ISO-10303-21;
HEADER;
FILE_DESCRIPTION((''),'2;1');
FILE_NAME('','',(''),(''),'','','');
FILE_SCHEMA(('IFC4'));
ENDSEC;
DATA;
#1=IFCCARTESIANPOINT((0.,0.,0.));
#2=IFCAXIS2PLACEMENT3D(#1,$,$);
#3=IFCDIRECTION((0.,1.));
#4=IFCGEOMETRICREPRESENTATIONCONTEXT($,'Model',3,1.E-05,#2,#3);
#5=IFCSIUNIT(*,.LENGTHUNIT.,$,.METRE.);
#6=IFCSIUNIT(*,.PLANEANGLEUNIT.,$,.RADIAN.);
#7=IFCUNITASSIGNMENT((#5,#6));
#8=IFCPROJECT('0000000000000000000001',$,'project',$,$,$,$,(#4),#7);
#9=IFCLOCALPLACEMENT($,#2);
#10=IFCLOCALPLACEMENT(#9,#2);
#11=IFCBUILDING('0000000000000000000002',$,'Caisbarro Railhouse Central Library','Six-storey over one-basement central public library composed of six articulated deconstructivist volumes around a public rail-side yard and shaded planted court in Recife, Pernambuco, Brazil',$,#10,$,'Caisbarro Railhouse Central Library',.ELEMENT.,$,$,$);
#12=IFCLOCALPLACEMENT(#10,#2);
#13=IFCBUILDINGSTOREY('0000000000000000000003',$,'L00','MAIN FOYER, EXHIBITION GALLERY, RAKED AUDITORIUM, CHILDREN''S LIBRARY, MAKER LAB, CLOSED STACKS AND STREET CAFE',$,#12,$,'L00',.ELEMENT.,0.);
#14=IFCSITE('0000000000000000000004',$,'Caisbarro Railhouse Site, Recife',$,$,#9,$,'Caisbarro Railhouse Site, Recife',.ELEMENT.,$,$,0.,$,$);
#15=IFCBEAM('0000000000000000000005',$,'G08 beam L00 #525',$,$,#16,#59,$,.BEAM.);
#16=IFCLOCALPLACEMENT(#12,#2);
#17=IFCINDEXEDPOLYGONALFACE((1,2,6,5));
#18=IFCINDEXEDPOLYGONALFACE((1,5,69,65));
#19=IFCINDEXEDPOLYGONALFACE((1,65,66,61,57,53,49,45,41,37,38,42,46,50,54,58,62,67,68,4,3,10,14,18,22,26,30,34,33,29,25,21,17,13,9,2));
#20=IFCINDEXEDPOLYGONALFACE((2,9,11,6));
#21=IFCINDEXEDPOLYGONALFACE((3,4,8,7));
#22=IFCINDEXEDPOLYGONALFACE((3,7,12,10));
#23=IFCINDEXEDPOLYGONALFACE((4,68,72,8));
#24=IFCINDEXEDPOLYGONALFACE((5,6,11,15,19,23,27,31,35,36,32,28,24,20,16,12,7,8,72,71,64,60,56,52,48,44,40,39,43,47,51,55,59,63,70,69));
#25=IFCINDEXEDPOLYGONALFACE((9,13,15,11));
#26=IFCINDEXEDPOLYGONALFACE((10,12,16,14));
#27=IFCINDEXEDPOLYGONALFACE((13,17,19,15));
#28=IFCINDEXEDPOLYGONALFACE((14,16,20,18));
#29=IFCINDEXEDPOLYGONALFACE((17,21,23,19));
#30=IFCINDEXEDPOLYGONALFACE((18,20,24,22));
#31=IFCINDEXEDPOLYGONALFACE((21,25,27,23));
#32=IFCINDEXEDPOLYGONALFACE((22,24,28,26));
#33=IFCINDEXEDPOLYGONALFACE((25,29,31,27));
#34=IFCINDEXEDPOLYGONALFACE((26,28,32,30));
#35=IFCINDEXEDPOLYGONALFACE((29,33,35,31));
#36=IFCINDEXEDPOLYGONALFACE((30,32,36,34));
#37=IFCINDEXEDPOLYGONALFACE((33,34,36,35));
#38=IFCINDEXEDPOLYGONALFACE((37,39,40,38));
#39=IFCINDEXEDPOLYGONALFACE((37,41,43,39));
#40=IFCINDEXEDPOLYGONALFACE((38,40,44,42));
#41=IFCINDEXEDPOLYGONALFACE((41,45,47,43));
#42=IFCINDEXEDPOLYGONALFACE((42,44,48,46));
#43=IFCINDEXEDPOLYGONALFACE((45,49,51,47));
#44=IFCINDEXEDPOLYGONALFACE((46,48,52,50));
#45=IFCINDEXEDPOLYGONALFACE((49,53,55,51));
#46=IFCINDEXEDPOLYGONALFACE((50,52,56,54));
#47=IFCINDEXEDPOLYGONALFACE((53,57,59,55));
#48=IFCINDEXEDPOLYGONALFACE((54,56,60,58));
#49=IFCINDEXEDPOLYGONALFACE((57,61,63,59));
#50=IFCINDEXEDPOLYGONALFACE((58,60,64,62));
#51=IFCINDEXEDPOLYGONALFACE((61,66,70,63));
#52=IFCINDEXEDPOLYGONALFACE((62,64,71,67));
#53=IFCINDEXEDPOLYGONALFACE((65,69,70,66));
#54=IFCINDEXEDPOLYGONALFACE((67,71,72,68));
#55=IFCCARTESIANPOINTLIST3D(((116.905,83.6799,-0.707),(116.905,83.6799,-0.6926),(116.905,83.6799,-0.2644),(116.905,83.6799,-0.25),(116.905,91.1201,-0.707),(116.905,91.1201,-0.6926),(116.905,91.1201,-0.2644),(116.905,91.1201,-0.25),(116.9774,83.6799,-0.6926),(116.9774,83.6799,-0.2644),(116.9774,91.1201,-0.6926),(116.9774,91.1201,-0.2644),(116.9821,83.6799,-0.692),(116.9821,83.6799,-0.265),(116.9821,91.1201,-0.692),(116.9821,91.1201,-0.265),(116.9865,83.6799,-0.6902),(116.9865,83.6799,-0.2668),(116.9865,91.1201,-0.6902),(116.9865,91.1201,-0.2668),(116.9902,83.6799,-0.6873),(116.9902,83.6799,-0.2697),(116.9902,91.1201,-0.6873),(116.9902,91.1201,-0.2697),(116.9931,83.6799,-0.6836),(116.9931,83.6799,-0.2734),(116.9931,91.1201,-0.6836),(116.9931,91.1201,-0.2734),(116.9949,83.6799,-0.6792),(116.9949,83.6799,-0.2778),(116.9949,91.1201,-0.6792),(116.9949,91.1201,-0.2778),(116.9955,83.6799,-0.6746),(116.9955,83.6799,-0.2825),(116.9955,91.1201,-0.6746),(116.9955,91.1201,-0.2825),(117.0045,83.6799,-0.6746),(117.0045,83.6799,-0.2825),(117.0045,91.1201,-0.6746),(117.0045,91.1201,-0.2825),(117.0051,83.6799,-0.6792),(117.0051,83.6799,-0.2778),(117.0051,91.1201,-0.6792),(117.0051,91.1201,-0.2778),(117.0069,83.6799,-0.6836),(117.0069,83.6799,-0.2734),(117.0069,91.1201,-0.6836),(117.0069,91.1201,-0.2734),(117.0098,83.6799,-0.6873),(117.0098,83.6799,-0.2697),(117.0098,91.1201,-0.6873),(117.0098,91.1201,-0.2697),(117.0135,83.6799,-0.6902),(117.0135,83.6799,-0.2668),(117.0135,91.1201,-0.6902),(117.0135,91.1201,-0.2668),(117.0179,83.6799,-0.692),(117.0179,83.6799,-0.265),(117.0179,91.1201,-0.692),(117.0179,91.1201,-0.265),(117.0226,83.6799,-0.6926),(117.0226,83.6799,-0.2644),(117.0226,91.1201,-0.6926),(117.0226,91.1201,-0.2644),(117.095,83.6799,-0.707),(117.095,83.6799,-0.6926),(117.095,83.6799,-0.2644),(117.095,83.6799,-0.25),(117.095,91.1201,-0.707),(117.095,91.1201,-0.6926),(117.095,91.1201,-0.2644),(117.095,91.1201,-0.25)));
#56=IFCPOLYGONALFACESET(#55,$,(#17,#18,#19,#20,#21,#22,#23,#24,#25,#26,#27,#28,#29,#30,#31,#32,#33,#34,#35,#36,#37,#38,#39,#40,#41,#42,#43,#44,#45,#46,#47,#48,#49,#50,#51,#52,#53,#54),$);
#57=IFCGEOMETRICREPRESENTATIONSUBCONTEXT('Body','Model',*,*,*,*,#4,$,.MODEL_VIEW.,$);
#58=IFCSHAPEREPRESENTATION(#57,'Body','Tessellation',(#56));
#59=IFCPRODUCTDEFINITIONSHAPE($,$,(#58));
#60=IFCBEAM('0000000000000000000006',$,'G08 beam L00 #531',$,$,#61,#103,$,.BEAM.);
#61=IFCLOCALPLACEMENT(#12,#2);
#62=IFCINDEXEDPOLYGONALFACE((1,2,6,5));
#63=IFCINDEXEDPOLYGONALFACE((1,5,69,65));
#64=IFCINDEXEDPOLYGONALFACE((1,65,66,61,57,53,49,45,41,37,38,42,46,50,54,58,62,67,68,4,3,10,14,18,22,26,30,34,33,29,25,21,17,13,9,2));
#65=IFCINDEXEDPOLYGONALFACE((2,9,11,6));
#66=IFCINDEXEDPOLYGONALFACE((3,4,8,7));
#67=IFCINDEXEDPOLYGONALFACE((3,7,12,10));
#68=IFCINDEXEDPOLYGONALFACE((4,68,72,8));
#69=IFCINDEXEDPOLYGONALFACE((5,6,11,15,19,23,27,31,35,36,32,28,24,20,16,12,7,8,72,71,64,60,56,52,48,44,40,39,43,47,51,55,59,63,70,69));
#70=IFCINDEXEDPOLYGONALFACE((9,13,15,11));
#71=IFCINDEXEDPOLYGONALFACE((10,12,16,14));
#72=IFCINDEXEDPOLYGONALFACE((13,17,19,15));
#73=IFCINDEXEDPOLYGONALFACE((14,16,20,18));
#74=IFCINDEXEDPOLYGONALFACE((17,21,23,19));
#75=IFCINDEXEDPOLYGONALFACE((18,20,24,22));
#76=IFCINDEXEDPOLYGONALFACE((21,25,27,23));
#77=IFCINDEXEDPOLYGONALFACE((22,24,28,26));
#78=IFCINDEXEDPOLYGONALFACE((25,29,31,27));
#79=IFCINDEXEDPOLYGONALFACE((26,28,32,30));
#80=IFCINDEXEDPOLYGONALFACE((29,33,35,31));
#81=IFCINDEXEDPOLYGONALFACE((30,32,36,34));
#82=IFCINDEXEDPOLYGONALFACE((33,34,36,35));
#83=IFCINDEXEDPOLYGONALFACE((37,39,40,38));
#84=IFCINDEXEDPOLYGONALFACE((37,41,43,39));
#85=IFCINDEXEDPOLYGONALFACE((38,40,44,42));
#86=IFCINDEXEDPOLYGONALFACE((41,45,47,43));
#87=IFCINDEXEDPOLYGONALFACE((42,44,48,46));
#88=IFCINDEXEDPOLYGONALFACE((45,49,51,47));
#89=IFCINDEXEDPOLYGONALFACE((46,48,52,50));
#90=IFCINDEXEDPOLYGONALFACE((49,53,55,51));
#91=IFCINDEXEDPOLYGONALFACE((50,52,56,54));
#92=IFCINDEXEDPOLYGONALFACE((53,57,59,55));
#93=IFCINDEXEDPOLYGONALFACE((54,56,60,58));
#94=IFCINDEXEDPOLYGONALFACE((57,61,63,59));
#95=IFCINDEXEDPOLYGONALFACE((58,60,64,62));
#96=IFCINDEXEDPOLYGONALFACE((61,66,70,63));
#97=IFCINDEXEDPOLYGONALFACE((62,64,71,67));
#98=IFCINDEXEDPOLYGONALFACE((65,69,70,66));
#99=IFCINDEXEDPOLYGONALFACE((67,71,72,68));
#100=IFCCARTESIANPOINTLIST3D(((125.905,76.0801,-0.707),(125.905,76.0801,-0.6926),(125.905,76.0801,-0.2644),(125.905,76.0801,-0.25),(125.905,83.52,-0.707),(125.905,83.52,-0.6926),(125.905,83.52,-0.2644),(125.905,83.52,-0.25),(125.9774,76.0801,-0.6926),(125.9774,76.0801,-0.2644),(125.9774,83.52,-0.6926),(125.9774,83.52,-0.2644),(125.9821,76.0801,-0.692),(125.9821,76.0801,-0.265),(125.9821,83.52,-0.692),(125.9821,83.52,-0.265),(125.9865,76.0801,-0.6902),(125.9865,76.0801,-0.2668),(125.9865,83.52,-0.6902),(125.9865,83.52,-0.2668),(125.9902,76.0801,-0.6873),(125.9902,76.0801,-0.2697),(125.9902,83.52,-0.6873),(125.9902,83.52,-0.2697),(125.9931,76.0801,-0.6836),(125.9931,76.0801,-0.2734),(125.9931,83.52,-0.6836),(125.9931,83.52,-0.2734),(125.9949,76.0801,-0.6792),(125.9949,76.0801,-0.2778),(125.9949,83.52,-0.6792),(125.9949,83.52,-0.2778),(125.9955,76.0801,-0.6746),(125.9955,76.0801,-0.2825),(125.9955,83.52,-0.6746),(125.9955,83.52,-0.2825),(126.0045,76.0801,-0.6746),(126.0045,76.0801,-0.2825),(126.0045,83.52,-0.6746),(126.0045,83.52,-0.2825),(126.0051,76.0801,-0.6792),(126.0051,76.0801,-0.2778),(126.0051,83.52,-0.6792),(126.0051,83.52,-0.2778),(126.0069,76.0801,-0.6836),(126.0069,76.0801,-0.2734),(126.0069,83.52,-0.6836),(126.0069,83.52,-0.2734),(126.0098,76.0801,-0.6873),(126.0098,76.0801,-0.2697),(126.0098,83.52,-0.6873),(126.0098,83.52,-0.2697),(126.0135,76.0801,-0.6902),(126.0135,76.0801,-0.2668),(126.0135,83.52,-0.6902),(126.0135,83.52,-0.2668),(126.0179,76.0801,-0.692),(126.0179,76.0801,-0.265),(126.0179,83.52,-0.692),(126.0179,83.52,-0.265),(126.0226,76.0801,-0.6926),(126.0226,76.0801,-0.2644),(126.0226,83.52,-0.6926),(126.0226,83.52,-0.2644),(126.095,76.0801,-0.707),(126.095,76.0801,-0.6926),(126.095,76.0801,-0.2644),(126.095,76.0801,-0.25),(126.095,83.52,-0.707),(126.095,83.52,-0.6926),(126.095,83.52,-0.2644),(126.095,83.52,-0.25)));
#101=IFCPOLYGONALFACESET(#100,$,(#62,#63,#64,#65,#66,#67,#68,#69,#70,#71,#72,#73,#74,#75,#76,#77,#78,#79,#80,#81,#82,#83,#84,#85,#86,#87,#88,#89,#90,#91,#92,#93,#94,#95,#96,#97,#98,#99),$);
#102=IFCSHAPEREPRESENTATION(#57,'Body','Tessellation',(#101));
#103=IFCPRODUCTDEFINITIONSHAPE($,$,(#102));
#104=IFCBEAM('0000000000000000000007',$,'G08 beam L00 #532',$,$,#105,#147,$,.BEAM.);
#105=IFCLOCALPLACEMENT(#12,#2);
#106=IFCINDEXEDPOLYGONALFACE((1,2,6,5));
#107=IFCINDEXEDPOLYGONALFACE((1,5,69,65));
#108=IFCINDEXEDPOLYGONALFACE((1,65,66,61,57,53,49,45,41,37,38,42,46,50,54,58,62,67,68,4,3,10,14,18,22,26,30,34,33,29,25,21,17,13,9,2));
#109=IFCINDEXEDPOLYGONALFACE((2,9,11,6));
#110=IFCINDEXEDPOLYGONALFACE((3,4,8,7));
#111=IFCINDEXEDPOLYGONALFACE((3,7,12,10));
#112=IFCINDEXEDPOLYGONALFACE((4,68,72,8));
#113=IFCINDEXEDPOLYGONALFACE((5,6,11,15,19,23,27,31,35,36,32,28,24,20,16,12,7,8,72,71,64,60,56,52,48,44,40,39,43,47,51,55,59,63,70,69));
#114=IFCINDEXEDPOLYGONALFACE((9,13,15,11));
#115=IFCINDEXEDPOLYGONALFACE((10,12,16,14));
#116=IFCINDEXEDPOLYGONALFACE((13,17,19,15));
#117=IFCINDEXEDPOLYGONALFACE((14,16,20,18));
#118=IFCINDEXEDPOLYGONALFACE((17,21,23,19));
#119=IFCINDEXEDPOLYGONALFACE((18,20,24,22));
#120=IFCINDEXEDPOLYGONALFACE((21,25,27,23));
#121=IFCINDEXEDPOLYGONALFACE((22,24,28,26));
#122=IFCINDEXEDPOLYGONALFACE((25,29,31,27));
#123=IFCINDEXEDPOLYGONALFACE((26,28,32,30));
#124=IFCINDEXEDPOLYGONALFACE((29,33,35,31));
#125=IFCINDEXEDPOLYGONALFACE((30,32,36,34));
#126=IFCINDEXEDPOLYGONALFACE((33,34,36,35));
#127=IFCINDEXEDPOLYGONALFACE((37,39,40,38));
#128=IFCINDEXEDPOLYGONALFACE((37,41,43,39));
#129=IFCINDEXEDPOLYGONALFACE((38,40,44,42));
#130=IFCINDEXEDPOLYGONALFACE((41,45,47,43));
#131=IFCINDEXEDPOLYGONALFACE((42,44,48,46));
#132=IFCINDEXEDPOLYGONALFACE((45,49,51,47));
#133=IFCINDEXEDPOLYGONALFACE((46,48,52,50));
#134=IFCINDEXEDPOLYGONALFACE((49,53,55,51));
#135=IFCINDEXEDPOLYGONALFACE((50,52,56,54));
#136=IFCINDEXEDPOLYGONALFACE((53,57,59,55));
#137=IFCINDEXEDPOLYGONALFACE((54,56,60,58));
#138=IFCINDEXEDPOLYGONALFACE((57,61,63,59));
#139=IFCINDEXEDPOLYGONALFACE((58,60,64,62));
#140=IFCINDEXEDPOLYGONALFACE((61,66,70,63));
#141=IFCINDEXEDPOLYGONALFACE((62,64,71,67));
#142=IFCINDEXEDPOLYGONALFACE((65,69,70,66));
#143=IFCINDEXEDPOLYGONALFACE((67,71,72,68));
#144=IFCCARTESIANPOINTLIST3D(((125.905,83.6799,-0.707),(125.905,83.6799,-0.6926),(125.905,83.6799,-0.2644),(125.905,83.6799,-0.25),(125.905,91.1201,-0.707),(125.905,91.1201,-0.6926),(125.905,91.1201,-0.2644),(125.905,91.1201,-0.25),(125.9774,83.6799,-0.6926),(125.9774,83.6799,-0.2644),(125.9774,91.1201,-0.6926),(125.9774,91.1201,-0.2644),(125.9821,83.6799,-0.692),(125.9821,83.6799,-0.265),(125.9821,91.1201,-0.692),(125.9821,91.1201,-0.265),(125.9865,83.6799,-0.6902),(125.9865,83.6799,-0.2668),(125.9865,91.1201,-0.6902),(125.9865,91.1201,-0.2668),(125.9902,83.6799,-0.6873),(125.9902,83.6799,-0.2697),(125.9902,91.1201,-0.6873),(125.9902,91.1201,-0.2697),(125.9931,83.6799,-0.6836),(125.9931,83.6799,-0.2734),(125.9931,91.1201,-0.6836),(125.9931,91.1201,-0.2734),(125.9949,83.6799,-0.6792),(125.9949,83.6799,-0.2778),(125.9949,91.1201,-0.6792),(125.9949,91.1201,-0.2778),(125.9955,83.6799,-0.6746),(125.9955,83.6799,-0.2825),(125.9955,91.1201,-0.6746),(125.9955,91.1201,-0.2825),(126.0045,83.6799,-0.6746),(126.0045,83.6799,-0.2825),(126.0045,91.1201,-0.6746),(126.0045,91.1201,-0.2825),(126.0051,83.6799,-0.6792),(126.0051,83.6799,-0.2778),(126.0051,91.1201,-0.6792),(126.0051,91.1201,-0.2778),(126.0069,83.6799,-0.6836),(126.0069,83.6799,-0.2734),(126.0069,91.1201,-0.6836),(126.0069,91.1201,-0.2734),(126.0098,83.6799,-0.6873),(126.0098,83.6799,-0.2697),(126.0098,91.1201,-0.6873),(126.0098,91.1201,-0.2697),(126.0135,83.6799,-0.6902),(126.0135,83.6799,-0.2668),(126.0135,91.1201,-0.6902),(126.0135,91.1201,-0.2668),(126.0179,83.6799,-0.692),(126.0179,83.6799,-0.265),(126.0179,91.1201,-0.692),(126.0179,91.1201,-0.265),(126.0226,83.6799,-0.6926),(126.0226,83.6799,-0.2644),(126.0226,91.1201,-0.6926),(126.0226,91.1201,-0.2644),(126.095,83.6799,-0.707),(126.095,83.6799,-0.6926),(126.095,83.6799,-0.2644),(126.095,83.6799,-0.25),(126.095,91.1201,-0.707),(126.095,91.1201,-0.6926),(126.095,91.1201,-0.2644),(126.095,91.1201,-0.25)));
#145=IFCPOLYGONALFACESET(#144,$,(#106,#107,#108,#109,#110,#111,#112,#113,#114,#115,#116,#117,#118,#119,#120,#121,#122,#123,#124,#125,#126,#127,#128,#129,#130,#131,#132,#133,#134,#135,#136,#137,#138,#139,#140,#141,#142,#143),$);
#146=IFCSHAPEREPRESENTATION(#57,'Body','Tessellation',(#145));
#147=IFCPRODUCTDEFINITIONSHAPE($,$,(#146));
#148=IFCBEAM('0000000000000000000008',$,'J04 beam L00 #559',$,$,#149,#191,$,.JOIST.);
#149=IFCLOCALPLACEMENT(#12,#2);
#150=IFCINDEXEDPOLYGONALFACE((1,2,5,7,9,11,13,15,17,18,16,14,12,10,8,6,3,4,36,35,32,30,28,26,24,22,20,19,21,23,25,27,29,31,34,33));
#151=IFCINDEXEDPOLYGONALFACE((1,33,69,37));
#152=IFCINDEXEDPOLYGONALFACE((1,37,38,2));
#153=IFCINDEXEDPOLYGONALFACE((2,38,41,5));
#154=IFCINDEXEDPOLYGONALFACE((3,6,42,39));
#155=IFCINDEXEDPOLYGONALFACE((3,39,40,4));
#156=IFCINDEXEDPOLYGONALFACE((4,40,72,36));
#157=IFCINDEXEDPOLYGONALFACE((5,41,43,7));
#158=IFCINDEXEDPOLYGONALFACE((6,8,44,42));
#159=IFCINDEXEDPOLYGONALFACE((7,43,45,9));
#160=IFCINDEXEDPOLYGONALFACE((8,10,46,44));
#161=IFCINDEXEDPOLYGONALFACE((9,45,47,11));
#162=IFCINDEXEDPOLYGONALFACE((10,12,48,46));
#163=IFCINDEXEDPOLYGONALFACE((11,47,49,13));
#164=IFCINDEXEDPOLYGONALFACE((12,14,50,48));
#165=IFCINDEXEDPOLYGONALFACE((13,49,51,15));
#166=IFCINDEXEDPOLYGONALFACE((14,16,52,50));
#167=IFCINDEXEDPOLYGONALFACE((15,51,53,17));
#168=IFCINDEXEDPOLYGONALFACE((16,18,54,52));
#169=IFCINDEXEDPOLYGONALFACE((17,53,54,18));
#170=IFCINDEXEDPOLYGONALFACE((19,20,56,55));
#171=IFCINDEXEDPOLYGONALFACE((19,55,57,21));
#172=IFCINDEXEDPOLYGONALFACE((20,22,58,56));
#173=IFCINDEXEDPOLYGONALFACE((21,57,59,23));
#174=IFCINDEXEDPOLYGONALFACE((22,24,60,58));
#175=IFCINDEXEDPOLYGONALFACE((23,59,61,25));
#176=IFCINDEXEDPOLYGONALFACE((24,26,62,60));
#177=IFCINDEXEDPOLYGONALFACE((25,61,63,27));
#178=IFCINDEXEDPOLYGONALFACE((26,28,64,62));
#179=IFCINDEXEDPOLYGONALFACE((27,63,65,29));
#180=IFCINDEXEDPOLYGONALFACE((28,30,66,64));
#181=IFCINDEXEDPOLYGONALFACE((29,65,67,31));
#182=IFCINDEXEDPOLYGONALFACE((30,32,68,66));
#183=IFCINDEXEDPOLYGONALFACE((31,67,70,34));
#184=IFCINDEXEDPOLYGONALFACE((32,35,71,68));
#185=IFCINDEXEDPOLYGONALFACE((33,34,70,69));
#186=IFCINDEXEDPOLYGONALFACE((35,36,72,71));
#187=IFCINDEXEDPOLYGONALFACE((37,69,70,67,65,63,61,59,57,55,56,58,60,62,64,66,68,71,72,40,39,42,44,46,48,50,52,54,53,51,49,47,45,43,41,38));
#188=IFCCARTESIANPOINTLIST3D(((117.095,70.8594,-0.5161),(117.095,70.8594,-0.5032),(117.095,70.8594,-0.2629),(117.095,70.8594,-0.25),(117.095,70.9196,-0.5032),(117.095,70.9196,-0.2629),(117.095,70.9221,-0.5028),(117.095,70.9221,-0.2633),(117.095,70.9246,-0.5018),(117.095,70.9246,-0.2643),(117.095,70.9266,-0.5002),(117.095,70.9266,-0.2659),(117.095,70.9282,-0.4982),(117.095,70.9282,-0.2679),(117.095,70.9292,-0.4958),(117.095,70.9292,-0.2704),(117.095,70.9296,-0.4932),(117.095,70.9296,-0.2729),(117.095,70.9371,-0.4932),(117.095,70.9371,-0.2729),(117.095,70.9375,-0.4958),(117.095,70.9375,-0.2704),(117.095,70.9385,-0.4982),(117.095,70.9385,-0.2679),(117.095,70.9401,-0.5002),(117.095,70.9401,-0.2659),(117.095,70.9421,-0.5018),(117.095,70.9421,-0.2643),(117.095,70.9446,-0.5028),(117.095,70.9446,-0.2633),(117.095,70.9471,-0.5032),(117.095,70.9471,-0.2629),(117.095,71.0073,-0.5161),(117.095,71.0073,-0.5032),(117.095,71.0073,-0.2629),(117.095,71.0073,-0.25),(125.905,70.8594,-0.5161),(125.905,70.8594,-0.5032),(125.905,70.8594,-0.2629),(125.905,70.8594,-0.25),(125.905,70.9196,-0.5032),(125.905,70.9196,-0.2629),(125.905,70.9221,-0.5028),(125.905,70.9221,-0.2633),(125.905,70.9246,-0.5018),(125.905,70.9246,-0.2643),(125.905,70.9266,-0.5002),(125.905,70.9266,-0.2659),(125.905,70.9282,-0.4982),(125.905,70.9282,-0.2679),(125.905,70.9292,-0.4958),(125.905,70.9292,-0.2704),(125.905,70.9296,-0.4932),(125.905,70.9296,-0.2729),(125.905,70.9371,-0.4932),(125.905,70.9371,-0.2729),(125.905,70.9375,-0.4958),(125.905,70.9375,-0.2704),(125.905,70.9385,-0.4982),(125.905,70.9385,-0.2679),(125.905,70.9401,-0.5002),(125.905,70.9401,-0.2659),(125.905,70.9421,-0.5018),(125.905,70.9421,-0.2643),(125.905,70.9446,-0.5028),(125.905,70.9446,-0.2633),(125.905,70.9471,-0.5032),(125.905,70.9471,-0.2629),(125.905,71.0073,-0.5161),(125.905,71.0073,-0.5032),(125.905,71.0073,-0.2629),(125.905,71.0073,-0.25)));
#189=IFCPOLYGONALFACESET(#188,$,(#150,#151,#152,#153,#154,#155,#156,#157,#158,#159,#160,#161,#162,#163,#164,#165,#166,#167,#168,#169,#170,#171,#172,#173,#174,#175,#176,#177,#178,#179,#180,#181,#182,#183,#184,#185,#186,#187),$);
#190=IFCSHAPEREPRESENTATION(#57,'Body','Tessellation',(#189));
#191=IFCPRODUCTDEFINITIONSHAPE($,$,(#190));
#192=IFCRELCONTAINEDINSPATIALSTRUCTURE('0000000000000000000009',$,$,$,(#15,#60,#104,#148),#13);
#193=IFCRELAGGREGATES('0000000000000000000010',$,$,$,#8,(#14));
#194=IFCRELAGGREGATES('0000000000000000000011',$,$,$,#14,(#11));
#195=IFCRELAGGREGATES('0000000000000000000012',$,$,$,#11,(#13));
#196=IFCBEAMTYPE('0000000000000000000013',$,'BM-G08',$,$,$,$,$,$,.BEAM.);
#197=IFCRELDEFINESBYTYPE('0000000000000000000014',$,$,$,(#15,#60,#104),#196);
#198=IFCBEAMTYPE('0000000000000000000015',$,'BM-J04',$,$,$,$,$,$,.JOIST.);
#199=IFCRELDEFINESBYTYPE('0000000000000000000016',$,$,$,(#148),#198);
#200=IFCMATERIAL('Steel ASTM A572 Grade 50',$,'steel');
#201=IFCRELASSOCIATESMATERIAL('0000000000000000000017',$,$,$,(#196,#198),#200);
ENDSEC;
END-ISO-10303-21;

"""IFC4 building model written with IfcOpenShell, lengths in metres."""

from ifc_helpers import new_model, si_unit, direction, frame, origin, origin_2d, place, context, subcontext, project, spatial, i_section, extrude, material, material_profile, profile_set, type_object, element, save


model = new_model("IFC4")

# Units and contexts
model_context = context("Model", 3, precision=1e-05, world=origin(), true_north=direction((0.0, 1.0)))
body_context = subcontext(model_context, "Body", "Model", "MODEL_VIEW")
ifc_project = project(units=[si_unit("LENGTHUNIT", "METRE"), si_unit("PLANEANGLEUNIT", "RADIAN")], contexts=[model_context])

# Site, building, storey
site_placement = place(None, origin())
site = spatial("IfcSite", under=ifc_project, at=site_placement, Name="Caisbarro Railhouse Site, Recife", LongName="Caisbarro Railhouse Site, Recife", CompositionType="ELEMENT", RefElevation=0.0)
building_placement = place(site_placement, origin())
building = spatial("IfcBuilding", under=site, at=building_placement, Name="Caisbarro Railhouse Central Library", Description="Six-storey over one-basement central public library composed of six articulated deconstructivist volumes around a public rail-side yard and shaded planted court in Recife, Pernambuco, Brazil", LongName="Caisbarro Railhouse Central Library", CompositionType="ELEMENT")
storey_placement = place(building_placement, origin())
storey = spatial("IfcBuildingStorey", under=building, at=storey_placement, Name="L00", Description="MAIN FOYER, EXHIBITION GALLERY, RAKED AUDITORIUM, CHILDREN'S LIBRARY, MAKER LAB, CLOSED STACKS AND STREET CAFE", LongName="L00", CompositionType="ELEMENT", Elevation=0.0)

# Shared definitions
ifc_material_1 = material(Name="Steel ASTM A572 Grade 50", Category="steel")

# Beams
ifc_material_profile_1 = material_profile(ifc_material_1, i_section(OverallWidth=0.1899, OverallDepth=0.457, WebThickness=0.009, FlangeThickness=0.0144, FilletRadius=0.0181, at=origin_2d()), Name="W460X74.0")
ifc_profile_set_1 = profile_set([ifc_material_profile_1], Name="Steel ASTM A572 Grade 50")
beam_type_1 = type_object("IfcBeamType", Name="BM-G08", PredefinedType="BEAM", material=ifc_profile_set_1)
beam_1_placement = place(storey_placement, frame((117.0, 83.6799, -0.4785), z_axis=(0.0, 1.0, 0.0), x_axis=(-1.0, 0.0, 0.0)))
element("IfcBeam", 1, at=beam_1_placement, inside=storey, type_object=beam_type_1, Name="G08 beam L00 #525", PredefinedType="BEAM", context=body_context, shape_type="SweptSolid", body=[
    extrude(i_section(OverallWidth=0.1899, OverallDepth=0.457, WebThickness=0.009, FlangeThickness=0.0144, FilletRadius=0.0181, at=origin_2d()), origin(), (0.0, 0.0, 1.0), 7.4402),
])
beam_2_placement = place(storey_placement, frame((126.0, 76.0801, -0.4785), z_axis=(0.0, 1.0, 0.0), x_axis=(-1.0, 0.0, 0.0)))
element("IfcBeam", 2, at=beam_2_placement, inside=storey, type_object=beam_type_1, Name="G08 beam L00 #531", PredefinedType="BEAM", context=body_context, shape_type="SweptSolid", body=[
    extrude(i_section(OverallWidth=0.1899, OverallDepth=0.457, WebThickness=0.009, FlangeThickness=0.0144, FilletRadius=0.0181, at=origin_2d()), origin(), (0.0, 0.0, 1.0), 7.4399),
])
beam_3_placement = place(storey_placement, frame((126.0, 83.6799, -0.4785), z_axis=(0.0, 1.0, 0.0), x_axis=(-1.0, 0.0, 0.0)))
element("IfcBeam", 3, at=beam_3_placement, inside=storey, type_object=beam_type_1, Name="G08 beam L00 #532", PredefinedType="BEAM", context=body_context, shape_type="SweptSolid", body=[
    extrude(i_section(OverallWidth=0.1899, OverallDepth=0.457, WebThickness=0.009, FlangeThickness=0.0144, FilletRadius=0.0181, at=origin_2d()), origin(), (0.0, 0.0, 1.0), 7.4402),
])
ifc_material_profile_2 = material_profile(ifc_material_1, i_section(OverallWidth=0.1479, OverallDepth=0.2661, WebThickness=0.0076, FlangeThickness=0.0129, FilletRadius=0.01, at=origin_2d()), Name="W250X44.8")
ifc_profile_set_2 = profile_set([ifc_material_profile_2], Name="Steel ASTM A572 Grade 50")
beam_type_2 = type_object("IfcBeamType", Name="BM-J04", PredefinedType="JOIST", material=ifc_profile_set_2)
for number, where, z_axis, x_axis, name in (
    (4, (117.095, 70.9333, -0.3831), (1.0, 0.0, 0.0), (0.0, 1.0, 0.0), "J04 beam L00 #559"),
):
    element("IfcBeam", number, at=place(storey_placement, frame(where, z_axis=z_axis, x_axis=x_axis)), inside=storey, type_object=beam_type_2, Name=name, PredefinedType="JOIST", context=body_context, shape_type="SweptSolid", body=[
        extrude(i_section(OverallWidth=0.1479, OverallDepth=0.2661, WebThickness=0.0076, FlangeThickness=0.0129, FilletRadius=0.01, at=origin_2d()), origin(), (0.0, 0.0, 1.0), 8.8101),
    ])

save(model, "model.ifc")
